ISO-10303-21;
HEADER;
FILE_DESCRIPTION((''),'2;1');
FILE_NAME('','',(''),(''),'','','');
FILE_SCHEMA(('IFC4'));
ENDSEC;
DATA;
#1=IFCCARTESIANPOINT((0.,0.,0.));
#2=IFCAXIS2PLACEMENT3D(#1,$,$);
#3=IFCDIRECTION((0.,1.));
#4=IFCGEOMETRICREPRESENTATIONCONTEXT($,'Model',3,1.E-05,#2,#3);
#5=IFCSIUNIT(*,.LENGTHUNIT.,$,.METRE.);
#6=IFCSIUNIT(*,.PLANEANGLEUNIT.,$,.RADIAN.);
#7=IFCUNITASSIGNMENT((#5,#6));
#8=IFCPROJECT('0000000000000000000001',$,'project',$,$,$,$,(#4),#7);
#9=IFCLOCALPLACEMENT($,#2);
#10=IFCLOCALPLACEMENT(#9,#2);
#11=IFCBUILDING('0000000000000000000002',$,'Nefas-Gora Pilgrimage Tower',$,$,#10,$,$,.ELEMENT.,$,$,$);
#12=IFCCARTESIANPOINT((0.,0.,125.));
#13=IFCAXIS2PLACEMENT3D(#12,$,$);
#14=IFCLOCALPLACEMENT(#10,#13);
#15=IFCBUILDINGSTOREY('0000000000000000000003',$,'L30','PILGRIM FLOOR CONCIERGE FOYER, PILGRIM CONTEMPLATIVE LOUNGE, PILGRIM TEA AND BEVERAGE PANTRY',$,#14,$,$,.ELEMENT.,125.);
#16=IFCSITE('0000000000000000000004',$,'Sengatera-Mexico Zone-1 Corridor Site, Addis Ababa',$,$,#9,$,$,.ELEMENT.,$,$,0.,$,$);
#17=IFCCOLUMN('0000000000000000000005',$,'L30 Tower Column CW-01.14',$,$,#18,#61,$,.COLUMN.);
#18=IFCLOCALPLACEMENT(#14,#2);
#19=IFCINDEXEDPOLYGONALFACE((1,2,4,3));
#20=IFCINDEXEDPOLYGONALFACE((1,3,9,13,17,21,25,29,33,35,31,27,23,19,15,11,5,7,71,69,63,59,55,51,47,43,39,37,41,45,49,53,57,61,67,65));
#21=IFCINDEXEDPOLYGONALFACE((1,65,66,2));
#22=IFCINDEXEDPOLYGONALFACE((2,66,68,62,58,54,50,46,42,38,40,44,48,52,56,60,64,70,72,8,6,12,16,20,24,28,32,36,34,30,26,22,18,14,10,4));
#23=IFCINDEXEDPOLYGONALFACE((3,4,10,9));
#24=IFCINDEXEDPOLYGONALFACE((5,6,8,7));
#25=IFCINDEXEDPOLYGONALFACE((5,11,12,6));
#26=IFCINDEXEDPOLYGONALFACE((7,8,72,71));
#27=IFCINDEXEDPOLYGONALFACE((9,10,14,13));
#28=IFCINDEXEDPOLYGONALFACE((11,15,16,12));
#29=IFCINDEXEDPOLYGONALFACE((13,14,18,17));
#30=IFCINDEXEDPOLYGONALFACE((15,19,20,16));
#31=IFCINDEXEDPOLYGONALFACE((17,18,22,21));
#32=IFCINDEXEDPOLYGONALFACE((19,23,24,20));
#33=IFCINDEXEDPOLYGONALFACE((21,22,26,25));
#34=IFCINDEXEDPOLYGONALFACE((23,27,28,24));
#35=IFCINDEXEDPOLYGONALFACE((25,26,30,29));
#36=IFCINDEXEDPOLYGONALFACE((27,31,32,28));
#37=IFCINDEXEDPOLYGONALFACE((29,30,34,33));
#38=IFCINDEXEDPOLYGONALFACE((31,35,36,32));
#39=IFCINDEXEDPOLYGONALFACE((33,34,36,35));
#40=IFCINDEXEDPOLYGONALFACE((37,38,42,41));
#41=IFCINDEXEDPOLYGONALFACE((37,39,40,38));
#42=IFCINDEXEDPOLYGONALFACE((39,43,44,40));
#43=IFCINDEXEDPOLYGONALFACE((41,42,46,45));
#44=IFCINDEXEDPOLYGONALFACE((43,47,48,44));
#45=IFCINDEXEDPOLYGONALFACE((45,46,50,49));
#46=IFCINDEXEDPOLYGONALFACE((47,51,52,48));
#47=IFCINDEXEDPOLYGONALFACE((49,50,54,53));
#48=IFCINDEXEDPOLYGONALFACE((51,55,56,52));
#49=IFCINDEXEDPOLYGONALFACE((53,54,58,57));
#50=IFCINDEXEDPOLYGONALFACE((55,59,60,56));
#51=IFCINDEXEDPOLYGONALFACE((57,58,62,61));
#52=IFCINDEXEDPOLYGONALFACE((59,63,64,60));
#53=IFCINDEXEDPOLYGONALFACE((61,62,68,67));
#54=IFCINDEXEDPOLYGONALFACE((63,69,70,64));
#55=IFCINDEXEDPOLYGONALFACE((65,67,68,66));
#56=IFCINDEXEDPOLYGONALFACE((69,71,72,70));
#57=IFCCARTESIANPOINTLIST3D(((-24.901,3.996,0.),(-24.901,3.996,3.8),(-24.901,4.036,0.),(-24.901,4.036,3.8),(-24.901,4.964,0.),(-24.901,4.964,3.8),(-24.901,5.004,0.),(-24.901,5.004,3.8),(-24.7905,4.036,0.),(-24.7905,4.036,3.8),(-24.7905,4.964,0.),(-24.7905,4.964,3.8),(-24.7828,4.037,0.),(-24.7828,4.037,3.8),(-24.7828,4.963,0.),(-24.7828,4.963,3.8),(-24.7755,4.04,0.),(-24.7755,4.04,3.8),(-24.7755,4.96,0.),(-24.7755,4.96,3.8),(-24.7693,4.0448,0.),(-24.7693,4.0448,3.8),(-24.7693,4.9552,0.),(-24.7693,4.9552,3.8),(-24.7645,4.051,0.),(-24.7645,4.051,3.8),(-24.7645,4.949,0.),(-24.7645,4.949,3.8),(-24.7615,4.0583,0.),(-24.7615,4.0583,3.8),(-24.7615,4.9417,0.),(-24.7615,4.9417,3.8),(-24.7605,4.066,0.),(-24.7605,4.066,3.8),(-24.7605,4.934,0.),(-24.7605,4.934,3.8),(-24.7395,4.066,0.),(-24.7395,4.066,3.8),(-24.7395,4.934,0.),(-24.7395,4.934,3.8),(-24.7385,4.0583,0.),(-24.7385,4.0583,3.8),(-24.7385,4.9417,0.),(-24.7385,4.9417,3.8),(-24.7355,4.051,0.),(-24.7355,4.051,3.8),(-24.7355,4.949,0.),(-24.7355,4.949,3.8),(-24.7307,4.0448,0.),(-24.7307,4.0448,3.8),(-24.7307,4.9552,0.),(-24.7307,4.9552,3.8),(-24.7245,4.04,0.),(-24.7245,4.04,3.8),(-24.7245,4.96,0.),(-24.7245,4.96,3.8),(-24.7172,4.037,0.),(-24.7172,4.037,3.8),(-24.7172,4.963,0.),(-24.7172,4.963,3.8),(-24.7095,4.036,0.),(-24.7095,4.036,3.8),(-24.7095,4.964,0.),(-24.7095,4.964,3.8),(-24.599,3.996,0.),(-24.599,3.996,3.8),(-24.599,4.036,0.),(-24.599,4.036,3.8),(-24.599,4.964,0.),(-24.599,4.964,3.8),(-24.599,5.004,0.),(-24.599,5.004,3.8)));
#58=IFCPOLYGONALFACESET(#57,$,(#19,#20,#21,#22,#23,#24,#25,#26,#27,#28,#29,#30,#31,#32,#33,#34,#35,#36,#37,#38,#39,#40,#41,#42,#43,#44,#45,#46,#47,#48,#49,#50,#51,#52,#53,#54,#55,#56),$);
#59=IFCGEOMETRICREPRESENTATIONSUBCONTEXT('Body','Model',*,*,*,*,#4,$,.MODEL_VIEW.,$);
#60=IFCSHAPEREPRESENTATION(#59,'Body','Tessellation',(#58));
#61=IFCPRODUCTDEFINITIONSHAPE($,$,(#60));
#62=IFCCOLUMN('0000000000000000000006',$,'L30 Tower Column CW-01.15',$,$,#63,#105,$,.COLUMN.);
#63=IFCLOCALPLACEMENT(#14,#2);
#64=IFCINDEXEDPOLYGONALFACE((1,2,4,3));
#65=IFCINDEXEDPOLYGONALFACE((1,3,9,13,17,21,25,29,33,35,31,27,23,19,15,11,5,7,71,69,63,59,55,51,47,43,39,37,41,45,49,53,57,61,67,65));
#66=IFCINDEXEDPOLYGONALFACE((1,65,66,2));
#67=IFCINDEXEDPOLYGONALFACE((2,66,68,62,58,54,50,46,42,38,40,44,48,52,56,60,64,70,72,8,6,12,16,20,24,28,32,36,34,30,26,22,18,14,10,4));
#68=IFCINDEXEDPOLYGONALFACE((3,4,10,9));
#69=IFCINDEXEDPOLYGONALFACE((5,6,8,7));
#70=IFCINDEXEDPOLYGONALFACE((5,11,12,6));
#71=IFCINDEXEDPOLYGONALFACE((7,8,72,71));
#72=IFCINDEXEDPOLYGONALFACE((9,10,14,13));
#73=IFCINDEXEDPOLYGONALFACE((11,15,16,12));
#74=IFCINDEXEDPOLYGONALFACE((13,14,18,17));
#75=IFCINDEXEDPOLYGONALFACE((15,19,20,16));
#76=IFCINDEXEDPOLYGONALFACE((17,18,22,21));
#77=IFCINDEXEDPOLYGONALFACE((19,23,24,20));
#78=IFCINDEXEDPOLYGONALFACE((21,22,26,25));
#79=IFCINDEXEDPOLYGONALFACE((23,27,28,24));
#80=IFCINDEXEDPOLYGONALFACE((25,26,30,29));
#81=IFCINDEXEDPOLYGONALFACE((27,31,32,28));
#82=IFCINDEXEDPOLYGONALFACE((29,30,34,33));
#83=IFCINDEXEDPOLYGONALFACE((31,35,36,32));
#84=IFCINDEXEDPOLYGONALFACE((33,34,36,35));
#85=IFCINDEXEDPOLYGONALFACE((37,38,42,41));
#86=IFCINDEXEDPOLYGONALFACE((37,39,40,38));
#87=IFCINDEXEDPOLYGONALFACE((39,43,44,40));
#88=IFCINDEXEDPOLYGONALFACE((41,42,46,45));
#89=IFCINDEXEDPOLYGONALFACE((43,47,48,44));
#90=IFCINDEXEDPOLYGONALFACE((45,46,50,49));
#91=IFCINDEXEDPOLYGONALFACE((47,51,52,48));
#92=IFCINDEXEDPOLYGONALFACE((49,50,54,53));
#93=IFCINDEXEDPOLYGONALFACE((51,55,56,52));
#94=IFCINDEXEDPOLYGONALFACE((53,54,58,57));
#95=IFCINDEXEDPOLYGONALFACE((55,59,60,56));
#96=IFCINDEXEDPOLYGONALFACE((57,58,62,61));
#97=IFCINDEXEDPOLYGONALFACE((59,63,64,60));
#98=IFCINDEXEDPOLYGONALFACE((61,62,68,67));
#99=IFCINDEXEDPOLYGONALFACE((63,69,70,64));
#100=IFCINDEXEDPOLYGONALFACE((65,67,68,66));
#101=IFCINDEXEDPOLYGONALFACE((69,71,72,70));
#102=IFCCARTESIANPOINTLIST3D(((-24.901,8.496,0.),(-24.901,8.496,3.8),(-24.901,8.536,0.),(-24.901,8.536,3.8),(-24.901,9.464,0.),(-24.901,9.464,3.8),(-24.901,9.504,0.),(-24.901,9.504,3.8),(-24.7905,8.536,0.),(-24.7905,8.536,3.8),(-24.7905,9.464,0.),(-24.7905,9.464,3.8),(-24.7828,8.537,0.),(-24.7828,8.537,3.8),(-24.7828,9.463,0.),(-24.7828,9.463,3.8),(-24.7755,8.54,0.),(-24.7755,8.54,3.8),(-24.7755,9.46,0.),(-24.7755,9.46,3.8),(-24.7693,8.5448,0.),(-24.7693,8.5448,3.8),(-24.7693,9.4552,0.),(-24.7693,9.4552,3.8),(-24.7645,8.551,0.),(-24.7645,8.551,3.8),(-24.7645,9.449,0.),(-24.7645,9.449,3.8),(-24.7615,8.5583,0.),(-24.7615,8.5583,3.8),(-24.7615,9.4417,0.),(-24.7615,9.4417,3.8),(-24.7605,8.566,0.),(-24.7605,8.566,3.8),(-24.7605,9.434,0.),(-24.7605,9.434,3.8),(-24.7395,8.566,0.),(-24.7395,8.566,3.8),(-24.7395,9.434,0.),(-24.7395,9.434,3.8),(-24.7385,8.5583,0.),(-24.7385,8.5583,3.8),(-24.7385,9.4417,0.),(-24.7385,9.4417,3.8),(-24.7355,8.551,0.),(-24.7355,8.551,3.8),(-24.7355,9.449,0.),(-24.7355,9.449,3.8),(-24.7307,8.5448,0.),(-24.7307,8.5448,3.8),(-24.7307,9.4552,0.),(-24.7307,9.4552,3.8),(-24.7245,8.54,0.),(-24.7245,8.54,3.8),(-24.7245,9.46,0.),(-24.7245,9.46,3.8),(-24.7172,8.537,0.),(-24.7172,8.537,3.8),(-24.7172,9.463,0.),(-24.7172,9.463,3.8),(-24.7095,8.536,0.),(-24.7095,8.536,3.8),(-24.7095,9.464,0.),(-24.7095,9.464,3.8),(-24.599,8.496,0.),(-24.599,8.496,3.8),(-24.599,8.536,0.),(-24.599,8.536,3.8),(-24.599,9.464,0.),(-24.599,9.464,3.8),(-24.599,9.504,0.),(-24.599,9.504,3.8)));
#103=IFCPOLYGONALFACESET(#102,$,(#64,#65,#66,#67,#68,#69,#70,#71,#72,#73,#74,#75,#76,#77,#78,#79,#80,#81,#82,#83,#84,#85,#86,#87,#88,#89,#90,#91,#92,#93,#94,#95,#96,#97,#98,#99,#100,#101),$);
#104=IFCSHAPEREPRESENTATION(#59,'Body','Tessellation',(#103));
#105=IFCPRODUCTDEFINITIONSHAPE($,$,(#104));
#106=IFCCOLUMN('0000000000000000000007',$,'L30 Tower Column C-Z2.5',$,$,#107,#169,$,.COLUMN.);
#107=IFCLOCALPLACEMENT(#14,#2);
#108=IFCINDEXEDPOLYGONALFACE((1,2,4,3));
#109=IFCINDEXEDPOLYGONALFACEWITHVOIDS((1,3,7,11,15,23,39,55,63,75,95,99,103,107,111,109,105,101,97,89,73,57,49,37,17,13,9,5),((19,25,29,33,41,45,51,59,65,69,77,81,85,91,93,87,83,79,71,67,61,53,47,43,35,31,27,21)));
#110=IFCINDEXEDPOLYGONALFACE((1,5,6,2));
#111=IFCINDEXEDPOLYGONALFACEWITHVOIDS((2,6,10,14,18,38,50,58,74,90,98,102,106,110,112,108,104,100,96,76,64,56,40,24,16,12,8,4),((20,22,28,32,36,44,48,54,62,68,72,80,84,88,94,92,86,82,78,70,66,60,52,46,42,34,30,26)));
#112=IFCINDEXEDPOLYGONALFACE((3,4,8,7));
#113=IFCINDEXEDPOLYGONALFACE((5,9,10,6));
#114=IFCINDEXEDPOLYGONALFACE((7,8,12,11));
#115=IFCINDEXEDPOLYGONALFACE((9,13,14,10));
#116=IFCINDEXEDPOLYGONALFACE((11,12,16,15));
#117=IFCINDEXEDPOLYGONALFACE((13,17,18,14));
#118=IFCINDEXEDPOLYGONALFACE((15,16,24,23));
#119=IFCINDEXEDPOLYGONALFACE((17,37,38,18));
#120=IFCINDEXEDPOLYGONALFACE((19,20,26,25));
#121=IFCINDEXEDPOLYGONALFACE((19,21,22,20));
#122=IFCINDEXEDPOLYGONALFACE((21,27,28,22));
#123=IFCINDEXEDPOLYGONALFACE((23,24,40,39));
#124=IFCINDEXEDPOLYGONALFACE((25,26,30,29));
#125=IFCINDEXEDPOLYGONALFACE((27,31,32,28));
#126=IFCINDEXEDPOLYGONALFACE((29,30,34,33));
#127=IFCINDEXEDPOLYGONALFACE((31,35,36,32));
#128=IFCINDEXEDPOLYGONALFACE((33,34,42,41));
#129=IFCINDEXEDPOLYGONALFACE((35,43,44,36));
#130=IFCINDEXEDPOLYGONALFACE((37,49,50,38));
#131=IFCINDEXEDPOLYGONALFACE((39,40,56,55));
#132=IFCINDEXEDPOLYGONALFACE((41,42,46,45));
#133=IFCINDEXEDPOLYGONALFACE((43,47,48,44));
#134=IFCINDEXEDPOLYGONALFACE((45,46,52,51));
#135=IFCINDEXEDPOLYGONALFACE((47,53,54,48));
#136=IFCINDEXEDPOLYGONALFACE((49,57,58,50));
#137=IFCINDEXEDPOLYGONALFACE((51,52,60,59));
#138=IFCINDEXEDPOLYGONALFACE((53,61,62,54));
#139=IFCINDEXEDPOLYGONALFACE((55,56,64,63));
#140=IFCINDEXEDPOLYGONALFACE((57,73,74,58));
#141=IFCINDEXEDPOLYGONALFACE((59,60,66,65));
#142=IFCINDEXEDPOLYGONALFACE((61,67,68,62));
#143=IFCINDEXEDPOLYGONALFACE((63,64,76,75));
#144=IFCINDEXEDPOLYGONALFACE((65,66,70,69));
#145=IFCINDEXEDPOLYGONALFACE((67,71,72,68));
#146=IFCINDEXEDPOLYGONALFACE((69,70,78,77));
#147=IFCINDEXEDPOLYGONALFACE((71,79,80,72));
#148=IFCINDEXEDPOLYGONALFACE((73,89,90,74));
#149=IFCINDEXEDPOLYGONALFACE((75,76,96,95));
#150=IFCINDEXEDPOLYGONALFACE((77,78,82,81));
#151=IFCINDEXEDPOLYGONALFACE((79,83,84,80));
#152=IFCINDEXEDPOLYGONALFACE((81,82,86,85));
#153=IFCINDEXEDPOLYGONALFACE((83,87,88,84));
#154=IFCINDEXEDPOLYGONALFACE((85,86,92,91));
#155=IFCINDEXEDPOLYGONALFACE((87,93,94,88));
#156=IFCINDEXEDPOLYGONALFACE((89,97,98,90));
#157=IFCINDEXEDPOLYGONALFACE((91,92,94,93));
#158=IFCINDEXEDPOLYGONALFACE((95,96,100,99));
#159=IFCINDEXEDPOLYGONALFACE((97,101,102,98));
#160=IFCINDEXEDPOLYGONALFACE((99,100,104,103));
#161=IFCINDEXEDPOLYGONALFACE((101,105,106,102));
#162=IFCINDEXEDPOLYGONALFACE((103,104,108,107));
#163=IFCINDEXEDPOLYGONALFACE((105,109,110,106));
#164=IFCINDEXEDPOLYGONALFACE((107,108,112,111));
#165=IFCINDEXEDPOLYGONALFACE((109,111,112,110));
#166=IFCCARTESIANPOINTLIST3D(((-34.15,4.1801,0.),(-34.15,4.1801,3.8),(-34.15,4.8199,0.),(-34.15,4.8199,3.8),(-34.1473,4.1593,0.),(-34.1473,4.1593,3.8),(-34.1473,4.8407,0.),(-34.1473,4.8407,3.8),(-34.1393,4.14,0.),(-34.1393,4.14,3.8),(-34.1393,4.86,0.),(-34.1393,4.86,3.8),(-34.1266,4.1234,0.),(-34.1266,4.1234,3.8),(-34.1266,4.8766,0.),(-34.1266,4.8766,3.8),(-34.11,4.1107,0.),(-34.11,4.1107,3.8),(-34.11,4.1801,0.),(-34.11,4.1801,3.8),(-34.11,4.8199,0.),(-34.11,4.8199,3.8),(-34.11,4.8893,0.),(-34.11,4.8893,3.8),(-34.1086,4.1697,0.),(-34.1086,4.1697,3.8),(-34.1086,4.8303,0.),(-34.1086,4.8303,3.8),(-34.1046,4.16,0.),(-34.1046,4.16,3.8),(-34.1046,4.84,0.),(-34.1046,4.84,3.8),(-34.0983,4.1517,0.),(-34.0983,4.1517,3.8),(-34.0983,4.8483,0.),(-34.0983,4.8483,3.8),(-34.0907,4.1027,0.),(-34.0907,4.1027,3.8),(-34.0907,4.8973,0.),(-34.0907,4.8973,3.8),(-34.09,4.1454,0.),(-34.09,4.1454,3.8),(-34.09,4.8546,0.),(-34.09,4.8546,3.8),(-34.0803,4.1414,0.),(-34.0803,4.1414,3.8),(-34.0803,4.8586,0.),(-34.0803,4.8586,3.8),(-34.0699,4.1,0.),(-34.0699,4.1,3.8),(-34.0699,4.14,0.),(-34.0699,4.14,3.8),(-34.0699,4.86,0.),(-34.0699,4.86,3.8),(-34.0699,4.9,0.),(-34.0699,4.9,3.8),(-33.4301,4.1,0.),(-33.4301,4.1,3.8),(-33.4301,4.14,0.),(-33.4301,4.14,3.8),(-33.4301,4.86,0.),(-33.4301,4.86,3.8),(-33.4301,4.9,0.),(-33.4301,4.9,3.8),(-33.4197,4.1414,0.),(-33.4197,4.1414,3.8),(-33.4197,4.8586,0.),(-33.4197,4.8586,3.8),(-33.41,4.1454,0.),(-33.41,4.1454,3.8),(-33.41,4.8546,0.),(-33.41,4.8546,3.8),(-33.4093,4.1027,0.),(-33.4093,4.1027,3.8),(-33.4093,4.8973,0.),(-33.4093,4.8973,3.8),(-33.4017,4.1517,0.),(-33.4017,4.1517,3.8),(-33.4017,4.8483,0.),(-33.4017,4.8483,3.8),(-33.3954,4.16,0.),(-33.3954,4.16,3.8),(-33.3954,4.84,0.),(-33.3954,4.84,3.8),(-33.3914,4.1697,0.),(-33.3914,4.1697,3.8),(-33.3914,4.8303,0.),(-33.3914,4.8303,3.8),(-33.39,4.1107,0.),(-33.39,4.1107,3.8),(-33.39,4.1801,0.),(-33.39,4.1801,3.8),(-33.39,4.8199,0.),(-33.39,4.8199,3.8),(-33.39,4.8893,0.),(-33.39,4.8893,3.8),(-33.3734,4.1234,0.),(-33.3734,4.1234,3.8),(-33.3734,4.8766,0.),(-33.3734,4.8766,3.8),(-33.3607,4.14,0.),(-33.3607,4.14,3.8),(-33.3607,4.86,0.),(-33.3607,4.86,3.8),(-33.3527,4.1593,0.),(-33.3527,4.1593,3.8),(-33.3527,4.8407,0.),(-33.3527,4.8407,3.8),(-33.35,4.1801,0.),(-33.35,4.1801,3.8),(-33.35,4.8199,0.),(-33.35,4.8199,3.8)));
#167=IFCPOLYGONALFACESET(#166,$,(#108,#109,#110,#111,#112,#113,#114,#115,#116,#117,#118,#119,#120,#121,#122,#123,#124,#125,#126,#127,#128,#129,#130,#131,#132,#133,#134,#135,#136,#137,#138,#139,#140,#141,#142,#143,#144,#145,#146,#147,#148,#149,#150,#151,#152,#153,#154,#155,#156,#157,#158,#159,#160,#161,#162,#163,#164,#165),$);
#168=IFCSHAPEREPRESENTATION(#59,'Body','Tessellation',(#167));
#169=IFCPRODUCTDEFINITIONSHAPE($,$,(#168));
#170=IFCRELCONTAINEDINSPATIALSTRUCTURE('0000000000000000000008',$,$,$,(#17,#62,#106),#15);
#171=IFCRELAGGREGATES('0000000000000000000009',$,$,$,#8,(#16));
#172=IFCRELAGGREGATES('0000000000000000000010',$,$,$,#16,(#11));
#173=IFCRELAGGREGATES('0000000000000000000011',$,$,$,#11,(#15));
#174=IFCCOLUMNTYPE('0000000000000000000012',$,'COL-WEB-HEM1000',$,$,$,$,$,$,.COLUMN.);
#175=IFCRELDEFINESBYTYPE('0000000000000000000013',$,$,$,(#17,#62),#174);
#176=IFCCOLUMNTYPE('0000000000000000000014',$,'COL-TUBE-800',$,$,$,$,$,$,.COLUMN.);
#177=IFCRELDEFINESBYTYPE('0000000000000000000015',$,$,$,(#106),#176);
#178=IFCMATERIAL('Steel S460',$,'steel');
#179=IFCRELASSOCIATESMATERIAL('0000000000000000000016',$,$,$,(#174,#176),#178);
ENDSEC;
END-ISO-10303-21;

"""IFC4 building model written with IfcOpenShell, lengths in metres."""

from ifc_helpers import new_model, si_unit, direction, frame, origin, origin_2d, place, context, subcontext, project, spatial, hollow_rectangle, i_section, extrude, source, transform, mapped, material, material_profile, profile_set, type_object, element, save


model = new_model("IFC4")

# Units and contexts
model_context = context("Model", 3, precision=1e-05, world=origin(), true_north=direction((0.0, 1.0)))
body_context = subcontext(model_context, "Body", "Model", "MODEL_VIEW")
ifc_project = project(units=[si_unit("LENGTHUNIT", "METRE"), si_unit("PLANEANGLEUNIT", "RADIAN")], contexts=[model_context])

# Site, building, storey
site_placement = place(None, origin())
site = spatial("IfcSite", under=ifc_project, at=site_placement, Name="Sengatera-Mexico Zone-1 Corridor Site, Addis Ababa", CompositionType="ELEMENT", RefElevation=0.0)
building_placement = place(site_placement, origin())
building = spatial("IfcBuilding", under=site, at=building_placement, Name="Nefas-Gora Pilgrimage Tower", CompositionType="ELEMENT")
storey_placement = place(building_placement, frame((0.0, 0.0, 125.0)))
storey = spatial("IfcBuildingStorey", under=building, at=storey_placement, Name="L30", Description="PILGRIM FLOOR CONCIERGE FOYER, PILGRIM CONTEMPLATIVE LOUNGE, PILGRIM TEA AND BEVERAGE PANTRY", CompositionType="ELEMENT", Elevation=125.0)

# Columns
ifc_material_1 = material(Name="Steel S460", Category="steel")
ifc_material_profile_1 = material_profile(ifc_material_1, i_section(OverallWidth=0.302, OverallDepth=1.0081, WebThickness=0.021, FlangeThickness=0.04, FilletRadius=0.03, at=origin_2d()), Name="HEM 1000")
ifc_profile_set_1 = profile_set([ifc_material_profile_1], Name="Steel S460")
column_type_1 = type_object("IfcColumnType", Name="COL-WEB-HEM1000", PredefinedType="COLUMN", material=ifc_profile_set_1)
shared_shape_1 = source(origin(), body_context, "Body", "SweptSolid", [
    extrude(i_section(OverallWidth=0.302, OverallDepth=1.0081, WebThickness=0.021, FlangeThickness=0.04, FilletRadius=0.03, at=origin_2d()), origin(), (0.0, 0.0, 1.0), 3.8),
])
for number, where, z_axis, x_axis, name in (
    (1, (-24.75, 4.5, 0.0), (0.0, 0.0, 1.0), (1.0, 0.0, 0.0), "L30 Tower Column CW-01.14"),
    (2, (-24.75, 9.0, 0.0), (0.0, 0.0, 1.0), (1.0, 0.0, 0.0), "L30 Tower Column CW-01.15"),
):
    element("IfcColumn", number, at=place(storey_placement, frame(where, z_axis=z_axis, x_axis=x_axis)), inside=storey, type_object=column_type_1, Name=name, PredefinedType="COLUMN", context=body_context, shape_type="MappedRepresentation", body=[
        mapped(shared_shape_1, transform((0.0, 0.0, 0.0), x_axis=(1.0, 0.0, 0.0), y_axis=(0.0, 1.0, 0.0), z_axis=(0.0, 0.0, 1.0), scale=1.0)),
    ])
ifc_material_profile_2 = material_profile(ifc_material_1, hollow_rectangle(XDim=0.8, YDim=0.8, WallThickness=0.04, InnerFilletRadius=0.04, OuterFilletRadius=0.0801, at=origin_2d()), Name="BOX 800x800x40")
ifc_profile_set_2 = profile_set([ifc_material_profile_2], Name="Steel S460")
column_type_2 = type_object("IfcColumnType", Name="COL-TUBE-800", PredefinedType="COLUMN", material=ifc_profile_set_2)
shared_shape_2 = source(origin(), body_context, "Body", "SweptSolid", [
    extrude(hollow_rectangle(XDim=0.8, YDim=0.8, WallThickness=0.04, InnerFilletRadius=0.04, OuterFilletRadius=0.0801, at=origin_2d()), origin(), (0.0, 0.0, 1.0), 3.8),
])
for number, where, z_axis, x_axis, name in (
    (3, (-33.75, 4.5, 0.0), (0.0, 0.0, 1.0), (1.0, 0.0, 0.0), "L30 Tower Column C-Z2.5"),
):
    element("IfcColumn", number, at=place(storey_placement, frame(where, z_axis=z_axis, x_axis=x_axis)), inside=storey, type_object=column_type_2, Name=name, PredefinedType="COLUMN", context=body_context, shape_type="MappedRepresentation", body=[
        mapped(shared_shape_2, transform((0.0, 0.0, 0.0), x_axis=(1.0, 0.0, 0.0), y_axis=(0.0, 1.0, 0.0), z_axis=(0.0, 0.0, 1.0), scale=1.0)),
    ])

save(model, "model.ifc")
